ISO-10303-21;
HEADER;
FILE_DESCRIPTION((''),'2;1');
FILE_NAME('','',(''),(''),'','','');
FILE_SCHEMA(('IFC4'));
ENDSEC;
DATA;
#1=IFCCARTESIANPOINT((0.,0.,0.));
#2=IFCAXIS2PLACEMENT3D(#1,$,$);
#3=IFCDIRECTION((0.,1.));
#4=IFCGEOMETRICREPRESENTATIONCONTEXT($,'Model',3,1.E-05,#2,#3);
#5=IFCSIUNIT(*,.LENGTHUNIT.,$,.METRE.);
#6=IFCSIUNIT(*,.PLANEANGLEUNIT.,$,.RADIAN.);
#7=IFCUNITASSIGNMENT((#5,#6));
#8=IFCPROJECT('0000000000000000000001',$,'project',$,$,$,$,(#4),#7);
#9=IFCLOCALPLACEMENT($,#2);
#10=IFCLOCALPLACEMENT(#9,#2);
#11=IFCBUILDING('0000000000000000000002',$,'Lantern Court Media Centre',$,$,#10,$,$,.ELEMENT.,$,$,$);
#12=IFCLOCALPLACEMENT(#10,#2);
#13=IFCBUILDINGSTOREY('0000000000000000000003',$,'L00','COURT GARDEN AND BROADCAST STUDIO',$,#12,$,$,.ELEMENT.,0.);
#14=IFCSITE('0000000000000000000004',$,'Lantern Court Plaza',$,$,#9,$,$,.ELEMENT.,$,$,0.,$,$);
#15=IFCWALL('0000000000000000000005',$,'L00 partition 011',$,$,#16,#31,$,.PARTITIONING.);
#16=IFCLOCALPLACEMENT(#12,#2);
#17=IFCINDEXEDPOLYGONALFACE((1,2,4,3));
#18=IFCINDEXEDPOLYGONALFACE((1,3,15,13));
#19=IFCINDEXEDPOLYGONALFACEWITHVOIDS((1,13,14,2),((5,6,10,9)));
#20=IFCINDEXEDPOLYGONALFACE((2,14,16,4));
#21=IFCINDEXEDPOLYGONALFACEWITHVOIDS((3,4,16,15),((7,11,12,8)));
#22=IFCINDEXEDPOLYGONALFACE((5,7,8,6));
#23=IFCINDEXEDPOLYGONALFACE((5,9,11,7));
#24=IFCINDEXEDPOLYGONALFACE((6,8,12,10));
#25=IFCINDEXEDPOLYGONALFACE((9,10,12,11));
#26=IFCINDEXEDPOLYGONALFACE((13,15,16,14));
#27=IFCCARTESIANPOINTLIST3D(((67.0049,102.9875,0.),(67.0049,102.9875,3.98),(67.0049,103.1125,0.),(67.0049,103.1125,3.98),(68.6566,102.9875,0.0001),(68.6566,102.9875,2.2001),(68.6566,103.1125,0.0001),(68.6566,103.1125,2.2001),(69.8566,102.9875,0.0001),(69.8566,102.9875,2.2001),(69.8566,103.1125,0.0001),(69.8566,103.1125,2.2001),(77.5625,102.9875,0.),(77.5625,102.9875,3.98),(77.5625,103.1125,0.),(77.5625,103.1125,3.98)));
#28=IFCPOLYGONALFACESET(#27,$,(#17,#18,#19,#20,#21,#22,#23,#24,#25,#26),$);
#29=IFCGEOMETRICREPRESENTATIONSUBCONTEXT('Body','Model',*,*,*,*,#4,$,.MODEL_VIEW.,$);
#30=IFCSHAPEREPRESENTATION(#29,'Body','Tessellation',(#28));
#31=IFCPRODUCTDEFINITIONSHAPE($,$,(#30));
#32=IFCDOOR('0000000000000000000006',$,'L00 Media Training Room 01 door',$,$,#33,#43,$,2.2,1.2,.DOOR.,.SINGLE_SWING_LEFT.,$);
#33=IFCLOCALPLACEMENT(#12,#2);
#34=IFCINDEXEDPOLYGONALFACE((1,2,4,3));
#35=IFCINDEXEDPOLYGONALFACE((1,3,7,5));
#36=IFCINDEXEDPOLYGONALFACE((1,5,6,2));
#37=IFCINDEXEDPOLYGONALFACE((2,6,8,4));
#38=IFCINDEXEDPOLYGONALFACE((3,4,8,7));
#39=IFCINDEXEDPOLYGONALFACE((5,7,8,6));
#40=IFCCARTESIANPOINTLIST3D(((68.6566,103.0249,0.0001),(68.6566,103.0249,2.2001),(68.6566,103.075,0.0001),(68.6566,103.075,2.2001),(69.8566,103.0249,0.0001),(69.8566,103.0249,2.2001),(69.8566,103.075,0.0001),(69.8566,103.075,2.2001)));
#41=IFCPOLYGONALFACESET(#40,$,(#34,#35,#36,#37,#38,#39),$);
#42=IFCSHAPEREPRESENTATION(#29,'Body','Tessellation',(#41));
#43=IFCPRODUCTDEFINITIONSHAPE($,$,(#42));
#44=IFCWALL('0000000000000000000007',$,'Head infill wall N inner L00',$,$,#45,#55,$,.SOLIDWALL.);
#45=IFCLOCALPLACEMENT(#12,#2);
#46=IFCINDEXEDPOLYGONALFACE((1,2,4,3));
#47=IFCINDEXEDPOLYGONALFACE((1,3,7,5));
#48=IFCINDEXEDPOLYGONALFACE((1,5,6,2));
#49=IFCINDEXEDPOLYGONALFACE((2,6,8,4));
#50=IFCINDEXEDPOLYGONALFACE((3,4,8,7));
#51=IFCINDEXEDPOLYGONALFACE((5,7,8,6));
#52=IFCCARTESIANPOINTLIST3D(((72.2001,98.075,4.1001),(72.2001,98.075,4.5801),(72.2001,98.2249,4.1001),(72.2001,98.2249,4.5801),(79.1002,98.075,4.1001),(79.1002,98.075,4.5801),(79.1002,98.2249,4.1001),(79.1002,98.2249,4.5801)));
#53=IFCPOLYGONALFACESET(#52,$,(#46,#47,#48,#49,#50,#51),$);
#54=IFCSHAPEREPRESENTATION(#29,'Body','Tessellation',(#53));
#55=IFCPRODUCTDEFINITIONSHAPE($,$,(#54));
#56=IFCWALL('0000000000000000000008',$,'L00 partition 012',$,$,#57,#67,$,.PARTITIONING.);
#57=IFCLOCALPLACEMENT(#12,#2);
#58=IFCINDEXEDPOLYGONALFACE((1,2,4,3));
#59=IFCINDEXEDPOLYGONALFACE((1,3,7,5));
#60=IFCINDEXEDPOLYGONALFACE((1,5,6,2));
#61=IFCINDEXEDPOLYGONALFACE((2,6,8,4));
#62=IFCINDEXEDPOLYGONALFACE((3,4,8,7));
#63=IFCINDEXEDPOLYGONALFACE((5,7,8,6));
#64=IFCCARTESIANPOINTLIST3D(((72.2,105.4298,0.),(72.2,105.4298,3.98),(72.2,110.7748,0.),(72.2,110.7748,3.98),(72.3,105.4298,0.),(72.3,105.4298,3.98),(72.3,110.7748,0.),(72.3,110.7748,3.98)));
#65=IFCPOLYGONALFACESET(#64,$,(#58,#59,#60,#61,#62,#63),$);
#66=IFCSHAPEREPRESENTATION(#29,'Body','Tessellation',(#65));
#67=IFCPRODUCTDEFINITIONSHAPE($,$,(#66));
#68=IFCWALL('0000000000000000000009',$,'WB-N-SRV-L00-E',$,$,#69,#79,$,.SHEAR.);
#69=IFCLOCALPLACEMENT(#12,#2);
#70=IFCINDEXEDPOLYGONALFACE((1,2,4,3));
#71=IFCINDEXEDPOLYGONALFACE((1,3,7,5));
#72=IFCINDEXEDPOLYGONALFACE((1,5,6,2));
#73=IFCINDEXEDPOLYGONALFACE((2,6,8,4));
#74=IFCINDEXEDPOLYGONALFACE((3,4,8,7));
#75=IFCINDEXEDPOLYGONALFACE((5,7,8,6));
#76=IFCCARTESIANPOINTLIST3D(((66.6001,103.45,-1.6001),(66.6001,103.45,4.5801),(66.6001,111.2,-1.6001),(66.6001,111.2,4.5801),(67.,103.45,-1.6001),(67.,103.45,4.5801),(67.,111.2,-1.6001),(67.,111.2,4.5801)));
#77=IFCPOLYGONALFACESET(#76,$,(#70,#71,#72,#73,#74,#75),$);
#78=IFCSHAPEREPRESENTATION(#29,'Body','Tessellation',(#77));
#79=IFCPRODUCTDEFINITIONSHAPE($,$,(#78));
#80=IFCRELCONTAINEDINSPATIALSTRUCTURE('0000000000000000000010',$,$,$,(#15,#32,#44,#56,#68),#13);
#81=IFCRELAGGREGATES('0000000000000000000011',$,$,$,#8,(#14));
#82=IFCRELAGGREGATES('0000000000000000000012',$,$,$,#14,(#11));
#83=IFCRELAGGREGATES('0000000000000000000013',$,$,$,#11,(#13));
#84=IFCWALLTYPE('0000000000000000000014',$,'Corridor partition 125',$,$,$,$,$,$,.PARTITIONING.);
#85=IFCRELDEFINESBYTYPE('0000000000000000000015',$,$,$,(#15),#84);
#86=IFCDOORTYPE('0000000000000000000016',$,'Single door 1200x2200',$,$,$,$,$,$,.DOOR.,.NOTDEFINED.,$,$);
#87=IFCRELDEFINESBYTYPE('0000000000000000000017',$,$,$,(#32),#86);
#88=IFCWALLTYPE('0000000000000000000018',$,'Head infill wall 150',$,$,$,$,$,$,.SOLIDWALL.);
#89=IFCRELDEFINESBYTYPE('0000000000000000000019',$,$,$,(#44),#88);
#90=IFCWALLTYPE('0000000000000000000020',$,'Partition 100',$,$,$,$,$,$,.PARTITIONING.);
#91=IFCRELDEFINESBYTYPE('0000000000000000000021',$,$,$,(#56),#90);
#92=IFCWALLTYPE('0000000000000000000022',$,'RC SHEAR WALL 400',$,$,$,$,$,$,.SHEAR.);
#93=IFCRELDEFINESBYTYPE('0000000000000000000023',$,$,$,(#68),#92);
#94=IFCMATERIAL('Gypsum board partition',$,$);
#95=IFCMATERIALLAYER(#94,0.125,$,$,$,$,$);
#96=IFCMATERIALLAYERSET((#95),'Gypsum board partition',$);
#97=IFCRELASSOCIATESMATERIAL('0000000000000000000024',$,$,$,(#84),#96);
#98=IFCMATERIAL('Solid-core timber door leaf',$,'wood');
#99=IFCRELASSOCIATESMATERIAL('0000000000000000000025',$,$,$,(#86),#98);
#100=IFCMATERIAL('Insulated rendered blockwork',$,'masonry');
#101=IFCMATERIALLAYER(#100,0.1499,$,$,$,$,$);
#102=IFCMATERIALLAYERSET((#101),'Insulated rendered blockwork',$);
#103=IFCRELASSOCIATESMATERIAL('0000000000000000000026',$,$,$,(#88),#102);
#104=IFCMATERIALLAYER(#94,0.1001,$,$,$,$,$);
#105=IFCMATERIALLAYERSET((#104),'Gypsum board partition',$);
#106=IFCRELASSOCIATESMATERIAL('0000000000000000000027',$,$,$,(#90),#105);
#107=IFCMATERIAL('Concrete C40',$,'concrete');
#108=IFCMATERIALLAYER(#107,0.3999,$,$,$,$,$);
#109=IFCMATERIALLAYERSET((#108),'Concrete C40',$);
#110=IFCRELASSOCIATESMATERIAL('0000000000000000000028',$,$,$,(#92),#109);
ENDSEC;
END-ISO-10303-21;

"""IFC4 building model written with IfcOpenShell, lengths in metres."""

from ifc_helpers import new_model, si_unit, direction, frame, frame_2d, origin, place, context, subcontext, project, spatial, rectangle, extrude, material, layer, layer_set, type_object, element, fill, save


model = new_model("IFC4")

# Units and contexts
model_context = context("Model", 3, precision=1e-05, world=origin(), true_north=direction((0.0, 1.0)))
body_context = subcontext(model_context, "Body", "Model", "MODEL_VIEW")
ifc_project = project(units=[si_unit("LENGTHUNIT", "METRE"), si_unit("PLANEANGLEUNIT", "RADIAN")], contexts=[model_context])

# Site, building, storey
site_placement = place(None, origin())
site = spatial("IfcSite", under=ifc_project, at=site_placement, Name="Lantern Court Plaza", CompositionType="ELEMENT", RefElevation=0.0)
building_placement = place(site_placement, origin())
building = spatial("IfcBuilding", under=site, at=building_placement, Name="Lantern Court Media Centre", CompositionType="ELEMENT")
storey_placement = place(building_placement, origin())
storey = spatial("IfcBuildingStorey", under=building, at=storey_placement, Name="L00", Description="COURT GARDEN AND BROADCAST STUDIO", CompositionType="ELEMENT", Elevation=0.0)

# Wall, opening, door
ifc_material_1 = material(Name="Gypsum board partition")
ifc_layer_1 = layer(ifc_material_1, 0.125)
ifc_layer_set_1 = layer_set([ifc_layer_1], Name="Gypsum board partition")
wall_type_1 = type_object("IfcWallType", Name="Corridor partition 125", PredefinedType="PARTITIONING", material=ifc_layer_set_1)
wall_1_placement = place(storey_placement, frame((67.0049, 103.05, 0.0), z_axis=(0.0, 0.0, 1.0), x_axis=(1.0, 0.0, 0.0)))
wall_1 = element("IfcWall", 1, at=wall_1_placement, inside=storey, type_object=wall_type_1, Name="L00 partition 011", PredefinedType="PARTITIONING", context=body_context, shape_type="SweptSolid", body=[
    extrude(rectangle(XDim=10.5576, YDim=0.125, at=frame_2d((5.2788, 0.0))), origin(), (0.0, 0.0, 1.0), 3.98),
])
opening_placement = place(wall_1_placement, frame((1.6516, 0.0, 0.0)))
opening = element("IfcOpeningElement", 2, at=opening_placement, cuts=wall_1, PredefinedType="OPENING", context=body_context, shape_type="SweptSolid", body=[
    extrude(rectangle(XDim=1.2, YDim=2.2, at=frame_2d((0.6001, 1.1001))), frame((0.0, 0.0725, 0.0), z_axis=(0.0, -1.0, 0.0), x_axis=(1.0, 0.0, 0.0)), (0.0, 0.0, 1.0), 0.145),
])
ifc_material_2 = material(Name="Solid-core timber door leaf", Category="wood")
door_type = type_object("IfcDoorType", Name="Single door 1200x2200", OperationType="NOTDEFINED", PredefinedType="DOOR", material=ifc_material_2)
door_placement = place(opening_placement, origin())
door = element("IfcDoor", 3, at=door_placement, inside=storey, type_object=door_type, Name="L00 Media Training Room 01 door", OperationType="SINGLE_SWING_LEFT", OverallHeight=2.2, OverallWidth=1.2, PredefinedType="DOOR", context=body_context, shape_type="SweptSolid", body=[
    extrude(rectangle(XDim=1.2, YDim=2.2, at=frame_2d((0.6001, 1.1001))), frame((0.0, 0.0249, 0.0), z_axis=(0.0, -1.0, 0.0), x_axis=(1.0, 0.0, 0.0)), (0.0, 0.0, 1.0), 0.05),
])
fill(opening, door)

# Walls
ifc_material_3 = material(Name="Insulated rendered blockwork", Category="masonry")
ifc_layer_2 = layer(ifc_material_3, 0.1499)
ifc_layer_set_2 = layer_set([ifc_layer_2], Name="Insulated rendered blockwork")
wall_type_2 = type_object("IfcWallType", Name="Head infill wall 150", PredefinedType="SOLIDWALL", material=ifc_layer_set_2)
wall_2_placement = place(storey_placement, frame((72.2, 98.1499, 4.1001), z_axis=(0.0, 0.0, 1.0), x_axis=(1.0, 0.0, 0.0)))
element("IfcWall", 4, at=wall_2_placement, inside=storey, type_object=wall_type_2, Name="Head infill wall N inner L00", PredefinedType="SOLIDWALL", context=body_context, shape_type="SweptSolid", body=[
    extrude(rectangle(XDim=6.9001, YDim=0.1499, at=frame_2d((3.4502, 0.0))), origin(), (0.0, 0.0, 1.0), 0.48),
])
ifc_layer_3 = layer(ifc_material_1, 0.1001)
ifc_layer_set_3 = layer_set([ifc_layer_3], Name="Gypsum board partition")
wall_type_3 = type_object("IfcWallType", Name="Partition 100", PredefinedType="PARTITIONING", material=ifc_layer_set_3)
wall_3_placement = place(storey_placement, frame((72.25, 105.4299, 0.0), z_axis=(0.0, 0.0, 1.0), x_axis=(0.0, 1.0, 0.0)))
element("IfcWall", 5, at=wall_3_placement, inside=storey, type_object=wall_type_3, Name="L00 partition 012", PredefinedType="PARTITIONING", context=body_context, shape_type="SweptSolid", body=[
    extrude(rectangle(XDim=5.345, YDim=0.1001, at=frame_2d((2.6724, 0.0))), origin(), (0.0, 0.0, 1.0), 3.98),
])
ifc_material_4 = material(Name="Concrete C40", Category="concrete")
ifc_layer_4 = layer(ifc_material_4, 0.3999)
ifc_layer_set_4 = layer_set([ifc_layer_4], Name="Concrete C40")
wall_type_4 = type_object("IfcWallType", Name="RC SHEAR WALL 400", PredefinedType="SHEAR", material=ifc_layer_set_4)
wall_4_placement = place(storey_placement, frame((66.8, 103.45, -1.6001), z_axis=(0.0, 0.0, 1.0), x_axis=(0.0, 1.0, 0.0)))
element("IfcWall", 6, at=wall_4_placement, inside=storey, type_object=wall_type_4, Name="WB-N-SRV-L00-E", PredefinedType="SHEAR", context=body_context, shape_type="SweptSolid", body=[
    extrude(rectangle(XDim=7.75, YDim=0.3999, at=frame_2d((3.875, 0.0))), origin(), (0.0, 0.0, 1.0), 6.1802),
])

save(model, "model.ifc")
